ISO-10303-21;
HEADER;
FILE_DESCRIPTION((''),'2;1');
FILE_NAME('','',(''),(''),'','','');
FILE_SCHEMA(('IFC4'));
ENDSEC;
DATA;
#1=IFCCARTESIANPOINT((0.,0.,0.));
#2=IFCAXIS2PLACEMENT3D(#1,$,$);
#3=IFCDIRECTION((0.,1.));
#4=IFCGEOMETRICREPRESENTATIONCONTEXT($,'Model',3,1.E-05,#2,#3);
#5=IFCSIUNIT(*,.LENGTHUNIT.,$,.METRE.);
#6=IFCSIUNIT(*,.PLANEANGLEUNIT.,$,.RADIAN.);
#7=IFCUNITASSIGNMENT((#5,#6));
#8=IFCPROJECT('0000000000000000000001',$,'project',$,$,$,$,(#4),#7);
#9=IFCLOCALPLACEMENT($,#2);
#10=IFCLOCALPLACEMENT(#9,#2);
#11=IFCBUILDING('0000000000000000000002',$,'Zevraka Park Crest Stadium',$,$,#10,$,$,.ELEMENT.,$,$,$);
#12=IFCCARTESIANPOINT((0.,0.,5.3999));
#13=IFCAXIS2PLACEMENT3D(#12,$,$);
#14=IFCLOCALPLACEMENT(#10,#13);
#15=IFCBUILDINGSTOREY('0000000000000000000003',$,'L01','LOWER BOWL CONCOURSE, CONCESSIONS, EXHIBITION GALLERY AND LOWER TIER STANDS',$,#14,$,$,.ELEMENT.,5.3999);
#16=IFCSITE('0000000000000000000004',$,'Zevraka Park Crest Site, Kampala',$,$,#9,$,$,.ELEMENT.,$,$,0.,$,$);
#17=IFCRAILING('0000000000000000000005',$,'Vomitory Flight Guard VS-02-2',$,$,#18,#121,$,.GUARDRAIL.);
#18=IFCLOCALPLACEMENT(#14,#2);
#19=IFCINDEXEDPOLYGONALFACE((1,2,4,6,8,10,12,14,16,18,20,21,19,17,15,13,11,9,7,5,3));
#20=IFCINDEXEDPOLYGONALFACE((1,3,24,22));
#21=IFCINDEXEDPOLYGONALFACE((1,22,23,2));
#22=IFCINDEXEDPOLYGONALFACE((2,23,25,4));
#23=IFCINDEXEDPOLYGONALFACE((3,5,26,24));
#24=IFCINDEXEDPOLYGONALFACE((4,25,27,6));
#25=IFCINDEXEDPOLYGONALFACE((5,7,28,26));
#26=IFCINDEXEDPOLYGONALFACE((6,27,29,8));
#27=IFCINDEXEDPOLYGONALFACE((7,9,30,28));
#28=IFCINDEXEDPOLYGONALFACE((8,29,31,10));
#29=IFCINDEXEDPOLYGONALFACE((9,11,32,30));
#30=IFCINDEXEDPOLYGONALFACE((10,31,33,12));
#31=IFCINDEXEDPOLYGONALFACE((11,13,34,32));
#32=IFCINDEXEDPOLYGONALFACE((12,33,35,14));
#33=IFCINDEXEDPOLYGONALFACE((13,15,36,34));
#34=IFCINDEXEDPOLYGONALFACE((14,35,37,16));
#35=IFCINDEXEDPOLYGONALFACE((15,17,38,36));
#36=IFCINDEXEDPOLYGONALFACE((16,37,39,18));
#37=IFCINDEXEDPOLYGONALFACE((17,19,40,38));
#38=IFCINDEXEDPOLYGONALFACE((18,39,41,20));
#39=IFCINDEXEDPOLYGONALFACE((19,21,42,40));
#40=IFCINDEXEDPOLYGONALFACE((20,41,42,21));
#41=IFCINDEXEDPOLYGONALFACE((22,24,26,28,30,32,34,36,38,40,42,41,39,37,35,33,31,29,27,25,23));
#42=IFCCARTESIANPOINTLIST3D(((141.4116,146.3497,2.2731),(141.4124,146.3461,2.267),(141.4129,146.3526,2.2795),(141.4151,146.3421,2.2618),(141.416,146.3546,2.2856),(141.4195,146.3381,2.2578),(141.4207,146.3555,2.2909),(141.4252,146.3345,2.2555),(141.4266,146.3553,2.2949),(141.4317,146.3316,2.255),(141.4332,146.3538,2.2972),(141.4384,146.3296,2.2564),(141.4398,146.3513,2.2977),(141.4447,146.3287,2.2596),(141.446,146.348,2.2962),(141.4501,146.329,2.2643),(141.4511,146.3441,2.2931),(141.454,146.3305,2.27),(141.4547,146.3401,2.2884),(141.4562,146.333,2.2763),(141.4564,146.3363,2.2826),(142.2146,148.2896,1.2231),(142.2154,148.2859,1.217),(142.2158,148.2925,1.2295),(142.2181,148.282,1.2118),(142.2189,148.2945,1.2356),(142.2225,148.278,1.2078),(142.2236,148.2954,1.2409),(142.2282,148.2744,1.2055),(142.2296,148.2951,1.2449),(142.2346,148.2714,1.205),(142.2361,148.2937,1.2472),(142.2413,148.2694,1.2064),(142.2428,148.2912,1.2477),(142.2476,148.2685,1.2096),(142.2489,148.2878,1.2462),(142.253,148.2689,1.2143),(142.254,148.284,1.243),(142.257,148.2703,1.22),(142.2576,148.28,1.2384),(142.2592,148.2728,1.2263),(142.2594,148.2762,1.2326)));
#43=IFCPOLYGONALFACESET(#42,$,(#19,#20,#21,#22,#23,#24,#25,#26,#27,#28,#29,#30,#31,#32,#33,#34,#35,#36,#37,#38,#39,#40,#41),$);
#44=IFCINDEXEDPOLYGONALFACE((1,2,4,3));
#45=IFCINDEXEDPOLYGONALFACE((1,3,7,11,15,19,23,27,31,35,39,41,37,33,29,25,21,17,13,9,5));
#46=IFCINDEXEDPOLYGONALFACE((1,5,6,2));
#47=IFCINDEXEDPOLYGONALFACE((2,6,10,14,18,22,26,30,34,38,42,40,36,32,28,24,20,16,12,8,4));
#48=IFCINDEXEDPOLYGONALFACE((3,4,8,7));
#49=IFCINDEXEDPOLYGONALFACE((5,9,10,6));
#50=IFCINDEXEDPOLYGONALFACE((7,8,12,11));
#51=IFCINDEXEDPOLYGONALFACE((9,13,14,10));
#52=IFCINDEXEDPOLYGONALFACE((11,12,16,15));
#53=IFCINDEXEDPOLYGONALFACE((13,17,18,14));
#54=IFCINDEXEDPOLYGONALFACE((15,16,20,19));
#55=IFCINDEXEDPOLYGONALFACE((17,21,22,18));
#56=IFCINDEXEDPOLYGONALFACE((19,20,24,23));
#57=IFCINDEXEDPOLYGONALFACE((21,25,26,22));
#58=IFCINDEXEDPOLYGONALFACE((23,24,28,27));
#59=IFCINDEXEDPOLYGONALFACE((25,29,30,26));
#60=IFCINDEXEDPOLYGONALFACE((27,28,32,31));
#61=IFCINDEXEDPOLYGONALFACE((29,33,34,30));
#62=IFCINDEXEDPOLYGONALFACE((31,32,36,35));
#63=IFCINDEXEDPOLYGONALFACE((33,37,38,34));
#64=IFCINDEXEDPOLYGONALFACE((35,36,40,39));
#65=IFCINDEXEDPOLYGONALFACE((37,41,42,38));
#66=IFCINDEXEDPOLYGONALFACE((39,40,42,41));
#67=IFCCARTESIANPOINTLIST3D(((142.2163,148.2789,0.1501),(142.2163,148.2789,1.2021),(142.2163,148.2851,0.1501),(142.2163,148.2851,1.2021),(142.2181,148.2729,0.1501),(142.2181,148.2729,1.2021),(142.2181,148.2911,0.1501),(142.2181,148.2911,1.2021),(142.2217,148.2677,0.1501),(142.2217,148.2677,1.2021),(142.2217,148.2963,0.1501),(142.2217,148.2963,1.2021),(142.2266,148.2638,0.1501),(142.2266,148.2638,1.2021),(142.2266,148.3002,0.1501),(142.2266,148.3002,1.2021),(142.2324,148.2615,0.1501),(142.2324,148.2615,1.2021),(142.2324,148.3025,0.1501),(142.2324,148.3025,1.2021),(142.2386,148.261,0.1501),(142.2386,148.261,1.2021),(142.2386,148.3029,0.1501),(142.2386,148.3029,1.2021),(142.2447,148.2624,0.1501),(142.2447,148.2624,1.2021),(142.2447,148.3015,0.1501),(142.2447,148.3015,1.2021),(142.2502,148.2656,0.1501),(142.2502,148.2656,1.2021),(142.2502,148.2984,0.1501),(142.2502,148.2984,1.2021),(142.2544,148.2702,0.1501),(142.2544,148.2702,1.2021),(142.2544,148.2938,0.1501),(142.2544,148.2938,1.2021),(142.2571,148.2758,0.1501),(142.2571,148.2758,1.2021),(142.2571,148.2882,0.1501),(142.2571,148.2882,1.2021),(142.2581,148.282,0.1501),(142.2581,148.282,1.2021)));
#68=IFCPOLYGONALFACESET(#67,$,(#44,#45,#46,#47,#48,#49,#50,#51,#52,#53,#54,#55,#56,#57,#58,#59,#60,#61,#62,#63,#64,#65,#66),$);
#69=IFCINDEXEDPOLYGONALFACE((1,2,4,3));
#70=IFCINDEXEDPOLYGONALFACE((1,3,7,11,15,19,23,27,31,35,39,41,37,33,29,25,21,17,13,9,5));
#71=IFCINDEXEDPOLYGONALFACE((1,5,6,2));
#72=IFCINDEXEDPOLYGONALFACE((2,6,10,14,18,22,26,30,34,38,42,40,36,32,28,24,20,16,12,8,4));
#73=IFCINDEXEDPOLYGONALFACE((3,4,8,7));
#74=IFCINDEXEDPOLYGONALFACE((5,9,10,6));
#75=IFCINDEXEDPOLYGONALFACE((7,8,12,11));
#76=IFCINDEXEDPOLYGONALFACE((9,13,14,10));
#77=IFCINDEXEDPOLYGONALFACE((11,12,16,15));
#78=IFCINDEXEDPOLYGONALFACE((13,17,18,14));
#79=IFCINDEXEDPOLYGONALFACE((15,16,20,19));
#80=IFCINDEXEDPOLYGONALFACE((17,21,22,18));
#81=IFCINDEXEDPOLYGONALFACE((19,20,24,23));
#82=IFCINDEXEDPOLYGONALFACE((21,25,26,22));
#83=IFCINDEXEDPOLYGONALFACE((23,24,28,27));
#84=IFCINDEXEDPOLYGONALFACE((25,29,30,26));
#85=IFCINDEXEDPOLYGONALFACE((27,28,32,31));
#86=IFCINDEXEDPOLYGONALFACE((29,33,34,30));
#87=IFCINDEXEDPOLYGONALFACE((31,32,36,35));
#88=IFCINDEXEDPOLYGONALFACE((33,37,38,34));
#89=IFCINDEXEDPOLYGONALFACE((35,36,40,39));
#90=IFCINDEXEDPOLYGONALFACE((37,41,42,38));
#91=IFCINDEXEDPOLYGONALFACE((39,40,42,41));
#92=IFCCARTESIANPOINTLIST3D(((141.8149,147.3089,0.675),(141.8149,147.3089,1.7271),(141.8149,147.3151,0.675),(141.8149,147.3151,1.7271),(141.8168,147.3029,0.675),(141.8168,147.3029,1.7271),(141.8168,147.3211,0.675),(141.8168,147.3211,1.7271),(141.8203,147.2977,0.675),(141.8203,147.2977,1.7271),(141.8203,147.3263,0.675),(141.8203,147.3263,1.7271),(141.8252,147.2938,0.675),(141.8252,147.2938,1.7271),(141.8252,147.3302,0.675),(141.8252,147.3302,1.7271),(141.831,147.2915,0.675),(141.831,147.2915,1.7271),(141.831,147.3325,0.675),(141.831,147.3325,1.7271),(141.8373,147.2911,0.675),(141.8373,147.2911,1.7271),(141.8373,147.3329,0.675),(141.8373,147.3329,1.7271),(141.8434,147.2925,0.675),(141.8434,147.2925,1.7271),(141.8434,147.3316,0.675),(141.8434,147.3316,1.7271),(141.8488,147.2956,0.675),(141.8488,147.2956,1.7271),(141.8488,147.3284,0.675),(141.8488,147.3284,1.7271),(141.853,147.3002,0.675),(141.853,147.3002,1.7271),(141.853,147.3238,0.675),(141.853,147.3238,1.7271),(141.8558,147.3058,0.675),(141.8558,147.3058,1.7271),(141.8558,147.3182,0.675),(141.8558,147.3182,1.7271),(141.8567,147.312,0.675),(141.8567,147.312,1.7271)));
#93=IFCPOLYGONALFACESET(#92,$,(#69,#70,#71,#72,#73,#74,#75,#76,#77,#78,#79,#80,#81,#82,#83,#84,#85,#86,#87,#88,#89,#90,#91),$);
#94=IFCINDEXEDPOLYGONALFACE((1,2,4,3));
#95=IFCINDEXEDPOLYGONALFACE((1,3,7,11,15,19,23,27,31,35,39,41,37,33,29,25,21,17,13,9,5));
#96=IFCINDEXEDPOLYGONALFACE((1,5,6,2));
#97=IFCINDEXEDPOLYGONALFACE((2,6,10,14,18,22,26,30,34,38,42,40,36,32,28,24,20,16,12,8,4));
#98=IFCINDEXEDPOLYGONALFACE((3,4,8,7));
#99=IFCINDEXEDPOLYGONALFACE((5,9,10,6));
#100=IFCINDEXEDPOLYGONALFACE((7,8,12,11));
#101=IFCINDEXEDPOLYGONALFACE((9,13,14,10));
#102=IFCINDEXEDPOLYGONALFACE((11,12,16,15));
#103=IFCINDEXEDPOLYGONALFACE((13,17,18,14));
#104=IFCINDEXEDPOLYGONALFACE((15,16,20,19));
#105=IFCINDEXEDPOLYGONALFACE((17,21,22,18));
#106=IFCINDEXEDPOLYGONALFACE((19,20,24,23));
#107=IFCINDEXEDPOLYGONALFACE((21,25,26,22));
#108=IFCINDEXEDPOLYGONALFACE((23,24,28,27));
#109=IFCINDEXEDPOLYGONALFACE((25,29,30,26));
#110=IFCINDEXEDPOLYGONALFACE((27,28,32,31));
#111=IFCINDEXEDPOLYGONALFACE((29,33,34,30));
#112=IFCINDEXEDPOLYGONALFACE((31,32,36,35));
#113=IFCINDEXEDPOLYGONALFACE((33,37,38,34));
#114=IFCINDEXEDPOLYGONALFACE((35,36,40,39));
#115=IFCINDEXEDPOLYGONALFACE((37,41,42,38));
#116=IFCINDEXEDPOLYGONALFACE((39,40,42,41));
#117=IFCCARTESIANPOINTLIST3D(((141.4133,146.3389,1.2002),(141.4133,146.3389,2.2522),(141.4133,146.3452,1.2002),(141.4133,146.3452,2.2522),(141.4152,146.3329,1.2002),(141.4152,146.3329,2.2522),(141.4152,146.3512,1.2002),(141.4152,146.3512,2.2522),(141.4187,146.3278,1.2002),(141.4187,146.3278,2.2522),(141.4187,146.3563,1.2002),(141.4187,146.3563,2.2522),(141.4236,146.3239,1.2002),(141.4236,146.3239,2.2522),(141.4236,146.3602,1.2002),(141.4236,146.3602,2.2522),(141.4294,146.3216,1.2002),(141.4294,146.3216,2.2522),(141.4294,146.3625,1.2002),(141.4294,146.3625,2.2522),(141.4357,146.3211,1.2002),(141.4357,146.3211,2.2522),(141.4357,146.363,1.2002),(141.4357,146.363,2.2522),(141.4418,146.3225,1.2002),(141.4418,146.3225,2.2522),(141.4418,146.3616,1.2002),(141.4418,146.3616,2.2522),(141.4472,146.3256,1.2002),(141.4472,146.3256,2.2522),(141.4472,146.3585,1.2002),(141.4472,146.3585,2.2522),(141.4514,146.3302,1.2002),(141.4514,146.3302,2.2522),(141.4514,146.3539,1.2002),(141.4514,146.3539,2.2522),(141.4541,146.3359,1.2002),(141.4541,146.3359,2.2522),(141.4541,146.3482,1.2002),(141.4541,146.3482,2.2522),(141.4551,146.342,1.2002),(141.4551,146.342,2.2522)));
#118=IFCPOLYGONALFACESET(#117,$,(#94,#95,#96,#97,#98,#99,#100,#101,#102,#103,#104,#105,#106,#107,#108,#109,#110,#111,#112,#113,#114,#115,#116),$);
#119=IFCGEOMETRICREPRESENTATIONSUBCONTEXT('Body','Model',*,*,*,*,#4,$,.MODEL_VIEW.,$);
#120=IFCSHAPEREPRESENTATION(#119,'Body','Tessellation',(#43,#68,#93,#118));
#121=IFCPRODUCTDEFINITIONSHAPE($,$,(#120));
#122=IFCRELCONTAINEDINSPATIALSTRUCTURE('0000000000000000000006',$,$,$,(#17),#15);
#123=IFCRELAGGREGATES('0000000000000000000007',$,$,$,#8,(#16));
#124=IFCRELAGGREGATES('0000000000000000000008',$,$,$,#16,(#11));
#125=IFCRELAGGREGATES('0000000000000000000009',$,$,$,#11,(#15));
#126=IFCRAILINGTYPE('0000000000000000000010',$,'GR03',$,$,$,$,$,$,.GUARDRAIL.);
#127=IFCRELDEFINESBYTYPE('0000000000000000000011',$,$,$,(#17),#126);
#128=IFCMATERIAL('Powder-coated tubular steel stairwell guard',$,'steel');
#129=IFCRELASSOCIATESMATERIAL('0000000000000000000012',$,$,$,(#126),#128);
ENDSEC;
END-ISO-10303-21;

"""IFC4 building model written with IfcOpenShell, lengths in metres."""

from ifc_helpers import new_model, si_unit, direction, frame, origin, origin_2d, place, context, subcontext, project, spatial, circle, extrude, material, type_object, element, save


model = new_model("IFC4")

# Units and contexts
model_context = context("Model", 3, precision=1e-05, world=origin(), true_north=direction((0.0, 1.0)))
body_context = subcontext(model_context, "Body", "Model", "MODEL_VIEW")
ifc_project = project(units=[si_unit("LENGTHUNIT", "METRE"), si_unit("PLANEANGLEUNIT", "RADIAN")], contexts=[model_context])

# Site, building, storey
site_placement = place(None, origin())
site = spatial("IfcSite", under=ifc_project, at=site_placement, Name="Zevraka Park Crest Site, Kampala", CompositionType="ELEMENT", RefElevation=0.0)
building_placement = place(site_placement, origin())
building = spatial("IfcBuilding", under=site, at=building_placement, Name="Zevraka Park Crest Stadium", CompositionType="ELEMENT")
storey_placement = place(building_placement, frame((0.0, 0.0, 5.3999)))
storey = spatial("IfcBuildingStorey", under=building, at=storey_placement, Name="L01", Description="LOWER BOWL CONCOURSE, CONCESSIONS, EXHIBITION GALLERY AND LOWER TIER STANDS", CompositionType="ELEMENT", Elevation=5.3999)

# Railing
ifc_material_1 = material(Name="Powder-coated tubular steel stairwell guard", Category="steel")
railing_type_1 = type_object("IfcRailingType", Name="GR03", PredefinedType="GUARDRAIL", material=ifc_material_1)
railing_1_placement = place(storey_placement, frame((142.2371, 148.282, 0.1501)))
element("IfcRailing", 1, at=railing_1_placement, inside=storey, type_object=railing_type_1, Name="Vomitory Flight Guard VS-02-2", PredefinedType="GUARDRAIL", context=body_context, shape_type="SweptSolid", body=[
    extrude(circle(Radius=0.0239, at=origin_2d()), frame((0.0, 0.0, 1.0762), z_axis=(-0.342057, -0.826387, 0.447305), x_axis=(0.923976, -0.382451, 0.0)), (0.0, 0.0, 1.0), 2.3474),
    extrude(circle(Radius=0.021, at=origin_2d()), origin(), (0.0, 0.0, 1.0), 1.052),
    extrude(circle(Radius=0.021, at=origin_2d()), frame((-0.4014, -0.97, 0.5249)), (0.0, 0.0, 1.0), 1.052),
    extrude(circle(Radius=0.021, at=origin_2d()), frame((-0.803, -1.9399, 1.05)), (0.0, 0.0, 1.0), 1.052),
])

save(model, "model.ifc")
